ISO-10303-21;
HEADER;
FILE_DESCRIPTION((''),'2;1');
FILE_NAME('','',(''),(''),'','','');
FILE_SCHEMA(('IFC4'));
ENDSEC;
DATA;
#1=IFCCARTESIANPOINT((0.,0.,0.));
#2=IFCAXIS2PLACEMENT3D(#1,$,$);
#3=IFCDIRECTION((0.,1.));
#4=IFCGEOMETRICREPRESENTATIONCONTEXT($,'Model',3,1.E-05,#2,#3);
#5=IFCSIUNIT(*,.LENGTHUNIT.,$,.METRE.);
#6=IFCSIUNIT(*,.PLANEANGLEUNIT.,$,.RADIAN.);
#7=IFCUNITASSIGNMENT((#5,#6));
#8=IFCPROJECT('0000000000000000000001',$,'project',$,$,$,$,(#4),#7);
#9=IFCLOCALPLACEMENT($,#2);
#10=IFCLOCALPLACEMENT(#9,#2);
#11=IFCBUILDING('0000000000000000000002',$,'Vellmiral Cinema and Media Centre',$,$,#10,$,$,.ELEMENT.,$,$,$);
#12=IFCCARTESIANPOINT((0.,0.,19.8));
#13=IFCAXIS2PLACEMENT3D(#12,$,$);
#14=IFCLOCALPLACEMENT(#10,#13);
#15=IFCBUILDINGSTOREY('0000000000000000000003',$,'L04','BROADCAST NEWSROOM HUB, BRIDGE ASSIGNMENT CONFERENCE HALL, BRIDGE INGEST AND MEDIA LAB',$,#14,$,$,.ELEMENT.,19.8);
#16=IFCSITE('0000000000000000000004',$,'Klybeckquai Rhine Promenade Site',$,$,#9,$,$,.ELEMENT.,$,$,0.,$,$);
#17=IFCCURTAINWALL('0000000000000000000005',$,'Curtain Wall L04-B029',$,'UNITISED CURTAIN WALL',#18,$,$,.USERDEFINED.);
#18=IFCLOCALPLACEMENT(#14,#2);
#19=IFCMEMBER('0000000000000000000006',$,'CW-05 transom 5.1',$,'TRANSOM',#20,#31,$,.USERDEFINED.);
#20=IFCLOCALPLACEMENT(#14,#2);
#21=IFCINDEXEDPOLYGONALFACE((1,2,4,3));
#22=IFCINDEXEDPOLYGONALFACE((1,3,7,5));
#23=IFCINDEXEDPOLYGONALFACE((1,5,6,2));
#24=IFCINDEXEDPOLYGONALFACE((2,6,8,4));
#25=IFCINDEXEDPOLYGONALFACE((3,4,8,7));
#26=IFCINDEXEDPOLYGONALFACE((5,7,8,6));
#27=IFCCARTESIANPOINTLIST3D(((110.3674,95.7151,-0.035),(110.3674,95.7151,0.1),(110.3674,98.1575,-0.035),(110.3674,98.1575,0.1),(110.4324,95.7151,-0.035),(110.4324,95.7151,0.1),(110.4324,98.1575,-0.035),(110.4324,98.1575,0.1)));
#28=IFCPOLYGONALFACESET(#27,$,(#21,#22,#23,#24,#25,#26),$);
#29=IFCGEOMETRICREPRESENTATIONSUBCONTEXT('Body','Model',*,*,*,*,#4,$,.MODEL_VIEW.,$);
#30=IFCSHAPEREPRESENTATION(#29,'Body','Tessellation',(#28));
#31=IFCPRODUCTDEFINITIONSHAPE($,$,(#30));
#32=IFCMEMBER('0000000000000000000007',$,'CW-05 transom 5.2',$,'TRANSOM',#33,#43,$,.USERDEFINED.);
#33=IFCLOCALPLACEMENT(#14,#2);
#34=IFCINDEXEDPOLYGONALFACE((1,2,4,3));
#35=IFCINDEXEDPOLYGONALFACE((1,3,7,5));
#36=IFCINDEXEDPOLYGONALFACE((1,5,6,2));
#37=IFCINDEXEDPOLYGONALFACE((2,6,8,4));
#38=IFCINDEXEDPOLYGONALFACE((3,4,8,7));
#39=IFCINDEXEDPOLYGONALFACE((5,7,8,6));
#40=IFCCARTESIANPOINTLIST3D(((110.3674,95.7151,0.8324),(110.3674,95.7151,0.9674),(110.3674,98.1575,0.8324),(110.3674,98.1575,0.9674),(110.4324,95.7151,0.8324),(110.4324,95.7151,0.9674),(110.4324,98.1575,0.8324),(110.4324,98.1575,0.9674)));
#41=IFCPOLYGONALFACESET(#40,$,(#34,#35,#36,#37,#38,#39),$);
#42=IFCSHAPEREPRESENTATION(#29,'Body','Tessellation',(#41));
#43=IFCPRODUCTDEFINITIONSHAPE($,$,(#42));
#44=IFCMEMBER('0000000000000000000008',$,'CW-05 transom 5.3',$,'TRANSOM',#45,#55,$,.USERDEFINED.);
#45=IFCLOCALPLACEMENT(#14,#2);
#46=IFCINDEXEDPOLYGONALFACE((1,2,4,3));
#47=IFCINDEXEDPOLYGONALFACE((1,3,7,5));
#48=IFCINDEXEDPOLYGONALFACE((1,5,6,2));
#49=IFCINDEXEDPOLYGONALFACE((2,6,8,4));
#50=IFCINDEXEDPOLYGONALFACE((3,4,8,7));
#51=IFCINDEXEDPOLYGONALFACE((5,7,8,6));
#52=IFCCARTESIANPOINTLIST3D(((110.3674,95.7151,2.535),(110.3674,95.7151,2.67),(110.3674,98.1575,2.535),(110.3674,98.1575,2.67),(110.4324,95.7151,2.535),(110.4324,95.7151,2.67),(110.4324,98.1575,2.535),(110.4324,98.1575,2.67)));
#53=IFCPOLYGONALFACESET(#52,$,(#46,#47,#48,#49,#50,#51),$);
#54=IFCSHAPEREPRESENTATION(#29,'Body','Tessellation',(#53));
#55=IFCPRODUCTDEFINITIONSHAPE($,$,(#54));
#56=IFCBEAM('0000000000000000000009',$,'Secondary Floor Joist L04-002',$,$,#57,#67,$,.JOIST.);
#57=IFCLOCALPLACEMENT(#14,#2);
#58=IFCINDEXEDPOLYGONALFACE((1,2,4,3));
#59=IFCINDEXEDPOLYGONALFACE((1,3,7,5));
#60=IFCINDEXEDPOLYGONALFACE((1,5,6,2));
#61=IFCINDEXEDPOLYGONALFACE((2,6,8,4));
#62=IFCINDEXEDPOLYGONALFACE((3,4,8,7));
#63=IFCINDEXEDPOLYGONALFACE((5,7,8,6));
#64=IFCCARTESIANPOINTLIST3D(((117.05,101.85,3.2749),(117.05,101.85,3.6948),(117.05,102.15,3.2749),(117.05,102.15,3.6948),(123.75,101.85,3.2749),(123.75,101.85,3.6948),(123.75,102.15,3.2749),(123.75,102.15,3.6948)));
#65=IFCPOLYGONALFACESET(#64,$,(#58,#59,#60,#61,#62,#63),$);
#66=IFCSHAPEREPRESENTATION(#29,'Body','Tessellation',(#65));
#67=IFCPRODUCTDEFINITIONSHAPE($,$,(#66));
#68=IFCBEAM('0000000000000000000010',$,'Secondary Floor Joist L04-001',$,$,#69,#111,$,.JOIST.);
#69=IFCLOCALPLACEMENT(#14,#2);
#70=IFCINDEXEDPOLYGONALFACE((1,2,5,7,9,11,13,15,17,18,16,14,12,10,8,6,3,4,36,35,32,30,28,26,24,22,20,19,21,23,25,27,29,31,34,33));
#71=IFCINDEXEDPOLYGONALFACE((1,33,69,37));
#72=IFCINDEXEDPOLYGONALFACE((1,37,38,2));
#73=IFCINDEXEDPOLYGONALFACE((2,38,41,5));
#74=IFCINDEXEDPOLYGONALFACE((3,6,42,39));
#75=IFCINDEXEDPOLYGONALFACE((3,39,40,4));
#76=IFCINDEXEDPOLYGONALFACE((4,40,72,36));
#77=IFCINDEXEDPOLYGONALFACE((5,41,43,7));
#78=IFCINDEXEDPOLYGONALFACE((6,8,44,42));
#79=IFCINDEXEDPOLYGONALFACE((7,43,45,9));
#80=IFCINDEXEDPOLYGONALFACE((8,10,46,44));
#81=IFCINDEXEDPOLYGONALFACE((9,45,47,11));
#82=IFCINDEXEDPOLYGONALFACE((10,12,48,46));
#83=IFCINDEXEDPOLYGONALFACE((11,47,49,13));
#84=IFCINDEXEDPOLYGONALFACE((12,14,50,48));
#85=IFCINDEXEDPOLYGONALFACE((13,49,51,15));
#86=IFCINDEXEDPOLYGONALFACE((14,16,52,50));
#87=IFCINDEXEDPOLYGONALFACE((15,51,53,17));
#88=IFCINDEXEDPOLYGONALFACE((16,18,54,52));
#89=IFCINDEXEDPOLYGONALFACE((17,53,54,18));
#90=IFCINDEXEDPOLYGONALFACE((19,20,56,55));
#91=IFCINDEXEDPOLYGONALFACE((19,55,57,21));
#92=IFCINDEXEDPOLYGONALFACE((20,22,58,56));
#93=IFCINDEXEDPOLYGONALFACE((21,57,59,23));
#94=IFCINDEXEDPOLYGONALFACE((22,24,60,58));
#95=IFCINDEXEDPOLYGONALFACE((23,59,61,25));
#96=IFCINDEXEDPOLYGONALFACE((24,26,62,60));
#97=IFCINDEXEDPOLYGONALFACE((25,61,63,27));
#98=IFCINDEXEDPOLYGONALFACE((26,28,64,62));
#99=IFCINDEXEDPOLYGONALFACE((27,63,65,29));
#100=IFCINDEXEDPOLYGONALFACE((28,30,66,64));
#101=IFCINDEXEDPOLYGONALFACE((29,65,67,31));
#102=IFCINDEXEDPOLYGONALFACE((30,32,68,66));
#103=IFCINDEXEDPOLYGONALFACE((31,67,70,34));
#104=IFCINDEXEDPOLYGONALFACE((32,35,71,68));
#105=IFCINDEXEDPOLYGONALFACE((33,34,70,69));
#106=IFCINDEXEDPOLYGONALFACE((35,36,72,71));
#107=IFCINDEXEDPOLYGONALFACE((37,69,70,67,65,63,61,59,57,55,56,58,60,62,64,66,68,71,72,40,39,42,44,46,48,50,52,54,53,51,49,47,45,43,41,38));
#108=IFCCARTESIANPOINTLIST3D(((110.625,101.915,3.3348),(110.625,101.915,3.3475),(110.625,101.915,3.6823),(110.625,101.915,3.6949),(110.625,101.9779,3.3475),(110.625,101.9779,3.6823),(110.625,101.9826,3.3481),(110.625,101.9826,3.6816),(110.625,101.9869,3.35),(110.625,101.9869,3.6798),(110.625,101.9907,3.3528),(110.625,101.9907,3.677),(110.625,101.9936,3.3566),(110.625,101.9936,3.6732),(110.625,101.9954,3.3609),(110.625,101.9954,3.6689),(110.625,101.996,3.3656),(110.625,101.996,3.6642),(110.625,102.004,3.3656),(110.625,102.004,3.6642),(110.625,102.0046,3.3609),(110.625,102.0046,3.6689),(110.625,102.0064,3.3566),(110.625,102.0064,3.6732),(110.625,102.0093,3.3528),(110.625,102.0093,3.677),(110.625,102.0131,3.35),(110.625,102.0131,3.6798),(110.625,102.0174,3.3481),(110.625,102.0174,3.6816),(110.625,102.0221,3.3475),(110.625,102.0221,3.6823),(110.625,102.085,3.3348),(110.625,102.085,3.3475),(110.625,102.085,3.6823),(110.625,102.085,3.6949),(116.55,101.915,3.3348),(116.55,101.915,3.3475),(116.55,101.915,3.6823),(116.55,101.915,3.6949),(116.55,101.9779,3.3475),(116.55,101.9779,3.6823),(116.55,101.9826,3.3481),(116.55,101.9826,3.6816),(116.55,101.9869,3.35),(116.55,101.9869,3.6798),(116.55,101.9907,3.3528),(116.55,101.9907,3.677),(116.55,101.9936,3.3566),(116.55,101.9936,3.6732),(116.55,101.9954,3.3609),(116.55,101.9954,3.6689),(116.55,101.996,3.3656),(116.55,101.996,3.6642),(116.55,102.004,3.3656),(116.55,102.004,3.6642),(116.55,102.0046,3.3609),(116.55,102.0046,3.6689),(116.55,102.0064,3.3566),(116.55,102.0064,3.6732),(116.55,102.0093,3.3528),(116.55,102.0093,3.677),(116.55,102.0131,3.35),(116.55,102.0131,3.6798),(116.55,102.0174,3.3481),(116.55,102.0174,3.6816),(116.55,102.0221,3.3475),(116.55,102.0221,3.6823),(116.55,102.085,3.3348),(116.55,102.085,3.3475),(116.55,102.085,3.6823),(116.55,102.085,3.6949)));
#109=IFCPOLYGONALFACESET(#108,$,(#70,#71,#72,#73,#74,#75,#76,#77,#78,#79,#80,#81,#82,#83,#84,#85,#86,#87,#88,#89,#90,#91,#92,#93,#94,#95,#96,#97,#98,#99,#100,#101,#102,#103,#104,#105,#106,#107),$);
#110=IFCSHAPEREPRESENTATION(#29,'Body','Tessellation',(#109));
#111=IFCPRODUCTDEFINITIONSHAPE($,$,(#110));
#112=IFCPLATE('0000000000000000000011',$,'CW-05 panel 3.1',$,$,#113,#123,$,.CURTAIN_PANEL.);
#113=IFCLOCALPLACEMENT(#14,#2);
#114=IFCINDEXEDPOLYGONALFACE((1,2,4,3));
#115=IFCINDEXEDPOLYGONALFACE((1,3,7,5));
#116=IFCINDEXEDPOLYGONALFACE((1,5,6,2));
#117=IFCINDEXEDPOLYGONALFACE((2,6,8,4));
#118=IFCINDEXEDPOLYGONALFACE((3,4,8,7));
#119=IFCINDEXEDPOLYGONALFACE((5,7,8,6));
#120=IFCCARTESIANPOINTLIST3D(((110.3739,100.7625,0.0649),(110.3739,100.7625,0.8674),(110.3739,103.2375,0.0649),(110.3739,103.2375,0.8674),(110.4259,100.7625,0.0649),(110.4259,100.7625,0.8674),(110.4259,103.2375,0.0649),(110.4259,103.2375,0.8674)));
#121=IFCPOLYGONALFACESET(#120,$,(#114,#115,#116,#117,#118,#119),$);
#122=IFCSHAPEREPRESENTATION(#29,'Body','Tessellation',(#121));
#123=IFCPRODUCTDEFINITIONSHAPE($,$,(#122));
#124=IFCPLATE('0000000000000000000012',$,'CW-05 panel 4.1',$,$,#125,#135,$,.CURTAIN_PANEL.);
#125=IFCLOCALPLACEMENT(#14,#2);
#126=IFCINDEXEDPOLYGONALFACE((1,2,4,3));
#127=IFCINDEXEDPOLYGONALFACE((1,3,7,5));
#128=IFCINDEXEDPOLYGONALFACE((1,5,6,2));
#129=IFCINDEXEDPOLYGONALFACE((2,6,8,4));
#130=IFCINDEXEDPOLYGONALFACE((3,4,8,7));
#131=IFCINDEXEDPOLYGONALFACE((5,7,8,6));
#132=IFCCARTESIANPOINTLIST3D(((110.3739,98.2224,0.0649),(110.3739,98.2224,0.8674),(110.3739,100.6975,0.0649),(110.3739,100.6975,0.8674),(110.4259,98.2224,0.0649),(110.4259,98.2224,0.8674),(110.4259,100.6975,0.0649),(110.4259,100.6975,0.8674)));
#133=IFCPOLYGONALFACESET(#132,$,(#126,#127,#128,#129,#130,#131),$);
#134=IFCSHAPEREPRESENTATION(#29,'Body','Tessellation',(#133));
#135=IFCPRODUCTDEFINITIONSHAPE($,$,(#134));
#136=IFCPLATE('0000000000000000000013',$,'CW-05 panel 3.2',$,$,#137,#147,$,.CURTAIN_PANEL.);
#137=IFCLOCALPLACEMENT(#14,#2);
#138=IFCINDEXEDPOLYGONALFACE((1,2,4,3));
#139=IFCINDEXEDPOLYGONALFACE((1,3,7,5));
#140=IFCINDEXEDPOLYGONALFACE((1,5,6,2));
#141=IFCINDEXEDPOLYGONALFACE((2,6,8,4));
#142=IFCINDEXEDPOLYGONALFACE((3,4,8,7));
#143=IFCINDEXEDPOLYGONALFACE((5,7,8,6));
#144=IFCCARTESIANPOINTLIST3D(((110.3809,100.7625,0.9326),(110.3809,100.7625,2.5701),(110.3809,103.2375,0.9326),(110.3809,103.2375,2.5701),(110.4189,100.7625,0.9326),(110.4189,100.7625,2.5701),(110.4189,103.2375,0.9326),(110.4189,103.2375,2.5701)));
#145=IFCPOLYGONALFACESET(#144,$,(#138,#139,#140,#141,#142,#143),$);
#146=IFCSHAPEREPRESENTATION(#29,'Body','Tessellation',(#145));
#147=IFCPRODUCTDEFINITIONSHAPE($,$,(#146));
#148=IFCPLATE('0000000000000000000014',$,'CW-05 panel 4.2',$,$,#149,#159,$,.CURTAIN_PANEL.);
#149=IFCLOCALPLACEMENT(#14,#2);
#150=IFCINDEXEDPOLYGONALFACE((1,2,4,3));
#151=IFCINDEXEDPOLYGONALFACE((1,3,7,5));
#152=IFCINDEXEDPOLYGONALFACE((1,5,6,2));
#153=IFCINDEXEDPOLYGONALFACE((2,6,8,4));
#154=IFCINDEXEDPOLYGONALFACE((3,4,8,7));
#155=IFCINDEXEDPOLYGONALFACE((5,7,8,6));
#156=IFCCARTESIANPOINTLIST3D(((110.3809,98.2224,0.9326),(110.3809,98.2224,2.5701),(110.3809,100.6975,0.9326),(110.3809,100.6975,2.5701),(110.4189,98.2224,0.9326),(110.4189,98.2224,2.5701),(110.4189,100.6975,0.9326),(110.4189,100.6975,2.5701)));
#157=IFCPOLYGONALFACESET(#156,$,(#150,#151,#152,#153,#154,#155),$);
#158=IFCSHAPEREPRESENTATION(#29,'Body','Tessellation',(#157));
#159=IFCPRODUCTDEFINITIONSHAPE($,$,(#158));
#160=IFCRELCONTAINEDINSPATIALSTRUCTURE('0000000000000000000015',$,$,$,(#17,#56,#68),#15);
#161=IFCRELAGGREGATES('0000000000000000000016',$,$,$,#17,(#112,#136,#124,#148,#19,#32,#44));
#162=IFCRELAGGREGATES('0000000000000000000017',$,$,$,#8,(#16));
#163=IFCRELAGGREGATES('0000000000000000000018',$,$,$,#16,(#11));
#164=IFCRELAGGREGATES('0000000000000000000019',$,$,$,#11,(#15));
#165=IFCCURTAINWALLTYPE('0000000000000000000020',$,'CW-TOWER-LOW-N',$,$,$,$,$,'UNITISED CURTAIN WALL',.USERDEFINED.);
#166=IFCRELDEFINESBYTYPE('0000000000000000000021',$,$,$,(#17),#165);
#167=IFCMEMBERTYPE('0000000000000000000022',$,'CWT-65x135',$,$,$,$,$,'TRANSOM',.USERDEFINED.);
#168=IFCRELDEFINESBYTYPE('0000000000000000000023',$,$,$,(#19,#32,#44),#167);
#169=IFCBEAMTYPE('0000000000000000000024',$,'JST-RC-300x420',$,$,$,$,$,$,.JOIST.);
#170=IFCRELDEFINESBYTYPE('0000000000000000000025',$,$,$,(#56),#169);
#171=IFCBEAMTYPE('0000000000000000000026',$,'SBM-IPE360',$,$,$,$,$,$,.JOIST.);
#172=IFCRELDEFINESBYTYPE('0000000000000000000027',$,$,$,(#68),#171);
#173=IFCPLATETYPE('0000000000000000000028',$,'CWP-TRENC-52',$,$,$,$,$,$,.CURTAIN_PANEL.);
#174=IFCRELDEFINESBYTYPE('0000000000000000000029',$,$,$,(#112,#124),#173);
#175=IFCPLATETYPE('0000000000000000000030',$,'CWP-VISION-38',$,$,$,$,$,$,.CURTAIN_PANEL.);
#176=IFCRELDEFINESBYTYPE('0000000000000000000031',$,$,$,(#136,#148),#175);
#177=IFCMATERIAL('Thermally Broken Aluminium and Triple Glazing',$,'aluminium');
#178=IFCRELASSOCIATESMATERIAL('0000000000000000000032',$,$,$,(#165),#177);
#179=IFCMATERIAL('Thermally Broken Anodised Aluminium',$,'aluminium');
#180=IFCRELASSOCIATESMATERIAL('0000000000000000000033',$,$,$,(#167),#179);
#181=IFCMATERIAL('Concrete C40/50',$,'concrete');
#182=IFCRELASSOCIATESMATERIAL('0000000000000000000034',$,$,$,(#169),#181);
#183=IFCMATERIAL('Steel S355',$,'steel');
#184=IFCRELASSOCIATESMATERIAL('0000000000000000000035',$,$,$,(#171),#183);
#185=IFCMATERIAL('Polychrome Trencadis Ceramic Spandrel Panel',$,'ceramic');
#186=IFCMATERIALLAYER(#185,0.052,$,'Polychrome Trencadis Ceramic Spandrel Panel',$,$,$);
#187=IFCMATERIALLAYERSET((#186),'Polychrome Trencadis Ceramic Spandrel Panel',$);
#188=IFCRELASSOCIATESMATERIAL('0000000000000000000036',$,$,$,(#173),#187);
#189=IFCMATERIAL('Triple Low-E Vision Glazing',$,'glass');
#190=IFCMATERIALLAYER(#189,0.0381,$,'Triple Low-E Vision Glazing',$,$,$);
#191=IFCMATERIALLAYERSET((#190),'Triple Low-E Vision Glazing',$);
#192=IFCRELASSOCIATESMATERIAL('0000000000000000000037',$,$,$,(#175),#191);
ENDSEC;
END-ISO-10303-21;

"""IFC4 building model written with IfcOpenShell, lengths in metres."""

from ifc_helpers import new_model, si_unit, direction, frame, origin, origin_2d, place, context, subcontext, project, spatial, rectangle, i_section, extrude, material, layer, layer_set, material_profile, profile_set, type_object, element, aggregate, save


model = new_model("IFC4")

# Units and contexts
model_context = context("Model", 3, precision=1e-05, world=origin(), true_north=direction((0.0, 1.0)))
body_context = subcontext(model_context, "Body", "Model", "MODEL_VIEW")
ifc_project = project(units=[si_unit("LENGTHUNIT", "METRE"), si_unit("PLANEANGLEUNIT", "RADIAN")], contexts=[model_context])

# Site, building, storey
site_placement = place(None, origin())
site = spatial("IfcSite", under=ifc_project, at=site_placement, Name="Klybeckquai Rhine Promenade Site", CompositionType="ELEMENT", RefElevation=0.0)
building_placement = place(site_placement, origin())
building = spatial("IfcBuilding", under=site, at=building_placement, Name="Vellmiral Cinema and Media Centre", CompositionType="ELEMENT")
storey_placement = place(building_placement, frame((0.0, 0.0, 19.8)))
storey = spatial("IfcBuildingStorey", under=building, at=storey_placement, Name="L04", Description="BROADCAST NEWSROOM HUB, BRIDGE ASSIGNMENT CONFERENCE HALL, BRIDGE INGEST AND MEDIA LAB", CompositionType="ELEMENT", Elevation=19.8)

# Curtain wall, members
ifc_material_1 = material(Name="Thermally Broken Aluminium and Triple Glazing", Category="aluminium")
curtain_wall_type = type_object("IfcCurtainWallType", Name="CW-TOWER-LOW-N", ElementType="UNITISED CURTAIN WALL", PredefinedType="USERDEFINED", material=ifc_material_1)
curtain_wall_placement = place(storey_placement, origin())
curtain_wall = element("IfcCurtainWall", 1, at=curtain_wall_placement, inside=storey, type_object=curtain_wall_type, Name="Curtain Wall L04-B029", ObjectType="UNITISED CURTAIN WALL", PredefinedType="USERDEFINED")
ifc_material_2 = material(Name="Thermally Broken Anodised Aluminium", Category="aluminium")
ifc_material_profile_1 = material_profile(ifc_material_2, rectangle(XDim=0.0649, YDim=0.135, at=origin_2d()), Name="MULL 65x135")
ifc_profile_set_1 = profile_set([ifc_material_profile_1], Name="Thermally Broken Anodised Aluminium")
member_type_1 = type_object("IfcMemberType", Name="CWT-65x135", ElementType="TRANSOM", PredefinedType="USERDEFINED", material=ifc_profile_set_1)
member_1_placement = place(storey_placement, frame((110.3999, 98.1575, 0.0325), z_axis=(0.0, -1.0, 0.0), x_axis=(1.0, 0.0, 0.0)))
member_1 = element("IfcMember", 2, at=member_1_placement, type_object=member_type_1, Name="CW-05 transom 5.1", ObjectType="TRANSOM", PredefinedType="USERDEFINED", context=body_context, shape_type="SweptSolid", body=[
    extrude(rectangle(XDim=0.0649, YDim=0.135, at=origin_2d()), origin(), (0.0, 0.0, 1.0), 2.4424),
])
member_2_placement = place(storey_placement, frame((110.3999, 98.1575, 0.8999), z_axis=(0.0, -1.0, 0.0), x_axis=(1.0, 0.0, 0.0)))
member_2 = element("IfcMember", 3, at=member_2_placement, type_object=member_type_1, Name="CW-05 transom 5.2", ObjectType="TRANSOM", PredefinedType="USERDEFINED", context=body_context, shape_type="SweptSolid", body=[
    extrude(rectangle(XDim=0.0649, YDim=0.135, at=origin_2d()), origin(), (0.0, 0.0, 1.0), 2.4424),
])
member_3_placement = place(storey_placement, frame((110.3999, 98.1575, 2.6025), z_axis=(0.0, -1.0, 0.0), x_axis=(1.0, 0.0, 0.0)))
member_3 = element("IfcMember", 4, at=member_3_placement, type_object=member_type_1, Name="CW-05 transom 5.3", ObjectType="TRANSOM", PredefinedType="USERDEFINED", context=body_context, shape_type="SweptSolid", body=[
    extrude(rectangle(XDim=0.0649, YDim=0.135, at=origin_2d()), origin(), (0.0, 0.0, 1.0), 2.4424),
])

# Beams
ifc_material_3 = material(Name="Concrete C40/50", Category="concrete")
ifc_material_profile_2 = material_profile(ifc_material_3, rectangle(XDim=0.3, YDim=0.4199, at=origin_2d()), Name="RC 300x420")
ifc_profile_set_2 = profile_set([ifc_material_profile_2], Name="Concrete C40/50")
beam_type_1 = type_object("IfcBeamType", Name="JST-RC-300x420", PredefinedType="JOIST", material=ifc_profile_set_2)
beam_1_placement = place(storey_placement, frame((117.05, 102.0, 3.4849), z_axis=(1.0, 0.0, 0.0), x_axis=(0.0, 1.0, 0.0)))
element("IfcBeam", 5, at=beam_1_placement, inside=storey, type_object=beam_type_1, Name="Secondary Floor Joist L04-002", PredefinedType="JOIST", context=body_context, shape_type="SweptSolid", body=[
    extrude(rectangle(XDim=0.3, YDim=0.4199, at=origin_2d()), origin(), (0.0, 0.0, 1.0), 6.7),
])
ifc_material_4 = material(Name="Steel S355", Category="steel")
ifc_material_profile_3 = material_profile(ifc_material_4, i_section(OverallWidth=0.1699, OverallDepth=0.3601, WebThickness=0.0081, FlangeThickness=0.0127, FilletRadius=0.0181, at=origin_2d()), Name="IPE 360")
ifc_profile_set_3 = profile_set([ifc_material_profile_3], Name="Steel S355")
beam_type_2 = type_object("IfcBeamType", Name="SBM-IPE360", PredefinedType="JOIST", material=ifc_profile_set_3)
beam_2_placement = place(storey_placement, frame((110.625, 102.0, 3.5149), z_axis=(1.0, 0.0, 0.0), x_axis=(0.0, 1.0, 0.0)))
element("IfcBeam", 6, at=beam_2_placement, inside=storey, type_object=beam_type_2, Name="Secondary Floor Joist L04-001", PredefinedType="JOIST", context=body_context, shape_type="SweptSolid", body=[
    extrude(i_section(OverallWidth=0.1699, OverallDepth=0.3601, WebThickness=0.0081, FlangeThickness=0.0127, FilletRadius=0.0181, at=origin_2d()), origin(), (0.0, 0.0, 1.0), 5.925),
])

# Plates
ifc_material_5 = material(Name="Polychrome Trencadis Ceramic Spandrel Panel", Category="ceramic")
ifc_layer_1 = layer(ifc_material_5, 0.052, Name="Polychrome Trencadis Ceramic Spandrel Panel")
ifc_layer_set_1 = layer_set([ifc_layer_1], Name="Polychrome Trencadis Ceramic Spandrel Panel")
plate_type_1 = type_object("IfcPlateType", Name="CWP-TRENC-52", PredefinedType="CURTAIN_PANEL", material=ifc_layer_set_1)
plate_1_placement = place(storey_placement, frame((110.3999, 102.0, 0.0649), z_axis=(0.0, 0.0, 1.0), x_axis=(0.0, -1.0, 0.0)))
plate_1 = element("IfcPlate", 7, at=plate_1_placement, type_object=plate_type_1, Name="CW-05 panel 3.1", PredefinedType="CURTAIN_PANEL", context=body_context, shape_type="SweptSolid", body=[
    extrude(rectangle(XDim=2.4751, YDim=0.052, at=origin_2d()), origin(), (0.0, 0.0, 1.0), 0.8025),
])
plate_2_placement = place(storey_placement, frame((110.3999, 99.46, 0.0649), z_axis=(0.0, 0.0, 1.0), x_axis=(0.0, -1.0, 0.0)))
plate_2 = element("IfcPlate", 8, at=plate_2_placement, type_object=plate_type_1, Name="CW-05 panel 4.1", PredefinedType="CURTAIN_PANEL", context=body_context, shape_type="SweptSolid", body=[
    extrude(rectangle(XDim=2.4751, YDim=0.052, at=origin_2d()), origin(), (0.0, 0.0, 1.0), 0.8025),
])
ifc_material_6 = material(Name="Triple Low-E Vision Glazing", Category="glass")
ifc_layer_2 = layer(ifc_material_6, 0.0381, Name="Triple Low-E Vision Glazing")
ifc_layer_set_2 = layer_set([ifc_layer_2], Name="Triple Low-E Vision Glazing")
plate_type_2 = type_object("IfcPlateType", Name="CWP-VISION-38", PredefinedType="CURTAIN_PANEL", material=ifc_layer_set_2)
plate_3_placement = place(storey_placement, frame((110.3999, 102.0, 0.9326), z_axis=(0.0, 0.0, 1.0), x_axis=(0.0, -1.0, 0.0)))
plate_3 = element("IfcPlate", 9, at=plate_3_placement, type_object=plate_type_2, Name="CW-05 panel 3.2", PredefinedType="CURTAIN_PANEL", context=body_context, shape_type="SweptSolid", body=[
    extrude(rectangle(XDim=2.4751, YDim=0.0381, at=origin_2d()), origin(), (0.0, 0.0, 1.0), 1.6375),
])
plate_4_placement = place(storey_placement, frame((110.3999, 99.46, 0.9326), z_axis=(0.0, 0.0, 1.0), x_axis=(0.0, -1.0, 0.0)))
plate_4 = element("IfcPlate", 10, at=plate_4_placement, type_object=plate_type_2, Name="CW-05 panel 4.2", PredefinedType="CURTAIN_PANEL", context=body_context, shape_type="SweptSolid", body=[
    extrude(rectangle(XDim=2.4751, YDim=0.0381, at=origin_2d()), origin(), (0.0, 0.0, 1.0), 1.6375),
])
aggregate(curtain_wall, [plate_1, plate_3, plate_2, plate_4, member_1, member_2, member_3])

save(model, "model.ifc")
